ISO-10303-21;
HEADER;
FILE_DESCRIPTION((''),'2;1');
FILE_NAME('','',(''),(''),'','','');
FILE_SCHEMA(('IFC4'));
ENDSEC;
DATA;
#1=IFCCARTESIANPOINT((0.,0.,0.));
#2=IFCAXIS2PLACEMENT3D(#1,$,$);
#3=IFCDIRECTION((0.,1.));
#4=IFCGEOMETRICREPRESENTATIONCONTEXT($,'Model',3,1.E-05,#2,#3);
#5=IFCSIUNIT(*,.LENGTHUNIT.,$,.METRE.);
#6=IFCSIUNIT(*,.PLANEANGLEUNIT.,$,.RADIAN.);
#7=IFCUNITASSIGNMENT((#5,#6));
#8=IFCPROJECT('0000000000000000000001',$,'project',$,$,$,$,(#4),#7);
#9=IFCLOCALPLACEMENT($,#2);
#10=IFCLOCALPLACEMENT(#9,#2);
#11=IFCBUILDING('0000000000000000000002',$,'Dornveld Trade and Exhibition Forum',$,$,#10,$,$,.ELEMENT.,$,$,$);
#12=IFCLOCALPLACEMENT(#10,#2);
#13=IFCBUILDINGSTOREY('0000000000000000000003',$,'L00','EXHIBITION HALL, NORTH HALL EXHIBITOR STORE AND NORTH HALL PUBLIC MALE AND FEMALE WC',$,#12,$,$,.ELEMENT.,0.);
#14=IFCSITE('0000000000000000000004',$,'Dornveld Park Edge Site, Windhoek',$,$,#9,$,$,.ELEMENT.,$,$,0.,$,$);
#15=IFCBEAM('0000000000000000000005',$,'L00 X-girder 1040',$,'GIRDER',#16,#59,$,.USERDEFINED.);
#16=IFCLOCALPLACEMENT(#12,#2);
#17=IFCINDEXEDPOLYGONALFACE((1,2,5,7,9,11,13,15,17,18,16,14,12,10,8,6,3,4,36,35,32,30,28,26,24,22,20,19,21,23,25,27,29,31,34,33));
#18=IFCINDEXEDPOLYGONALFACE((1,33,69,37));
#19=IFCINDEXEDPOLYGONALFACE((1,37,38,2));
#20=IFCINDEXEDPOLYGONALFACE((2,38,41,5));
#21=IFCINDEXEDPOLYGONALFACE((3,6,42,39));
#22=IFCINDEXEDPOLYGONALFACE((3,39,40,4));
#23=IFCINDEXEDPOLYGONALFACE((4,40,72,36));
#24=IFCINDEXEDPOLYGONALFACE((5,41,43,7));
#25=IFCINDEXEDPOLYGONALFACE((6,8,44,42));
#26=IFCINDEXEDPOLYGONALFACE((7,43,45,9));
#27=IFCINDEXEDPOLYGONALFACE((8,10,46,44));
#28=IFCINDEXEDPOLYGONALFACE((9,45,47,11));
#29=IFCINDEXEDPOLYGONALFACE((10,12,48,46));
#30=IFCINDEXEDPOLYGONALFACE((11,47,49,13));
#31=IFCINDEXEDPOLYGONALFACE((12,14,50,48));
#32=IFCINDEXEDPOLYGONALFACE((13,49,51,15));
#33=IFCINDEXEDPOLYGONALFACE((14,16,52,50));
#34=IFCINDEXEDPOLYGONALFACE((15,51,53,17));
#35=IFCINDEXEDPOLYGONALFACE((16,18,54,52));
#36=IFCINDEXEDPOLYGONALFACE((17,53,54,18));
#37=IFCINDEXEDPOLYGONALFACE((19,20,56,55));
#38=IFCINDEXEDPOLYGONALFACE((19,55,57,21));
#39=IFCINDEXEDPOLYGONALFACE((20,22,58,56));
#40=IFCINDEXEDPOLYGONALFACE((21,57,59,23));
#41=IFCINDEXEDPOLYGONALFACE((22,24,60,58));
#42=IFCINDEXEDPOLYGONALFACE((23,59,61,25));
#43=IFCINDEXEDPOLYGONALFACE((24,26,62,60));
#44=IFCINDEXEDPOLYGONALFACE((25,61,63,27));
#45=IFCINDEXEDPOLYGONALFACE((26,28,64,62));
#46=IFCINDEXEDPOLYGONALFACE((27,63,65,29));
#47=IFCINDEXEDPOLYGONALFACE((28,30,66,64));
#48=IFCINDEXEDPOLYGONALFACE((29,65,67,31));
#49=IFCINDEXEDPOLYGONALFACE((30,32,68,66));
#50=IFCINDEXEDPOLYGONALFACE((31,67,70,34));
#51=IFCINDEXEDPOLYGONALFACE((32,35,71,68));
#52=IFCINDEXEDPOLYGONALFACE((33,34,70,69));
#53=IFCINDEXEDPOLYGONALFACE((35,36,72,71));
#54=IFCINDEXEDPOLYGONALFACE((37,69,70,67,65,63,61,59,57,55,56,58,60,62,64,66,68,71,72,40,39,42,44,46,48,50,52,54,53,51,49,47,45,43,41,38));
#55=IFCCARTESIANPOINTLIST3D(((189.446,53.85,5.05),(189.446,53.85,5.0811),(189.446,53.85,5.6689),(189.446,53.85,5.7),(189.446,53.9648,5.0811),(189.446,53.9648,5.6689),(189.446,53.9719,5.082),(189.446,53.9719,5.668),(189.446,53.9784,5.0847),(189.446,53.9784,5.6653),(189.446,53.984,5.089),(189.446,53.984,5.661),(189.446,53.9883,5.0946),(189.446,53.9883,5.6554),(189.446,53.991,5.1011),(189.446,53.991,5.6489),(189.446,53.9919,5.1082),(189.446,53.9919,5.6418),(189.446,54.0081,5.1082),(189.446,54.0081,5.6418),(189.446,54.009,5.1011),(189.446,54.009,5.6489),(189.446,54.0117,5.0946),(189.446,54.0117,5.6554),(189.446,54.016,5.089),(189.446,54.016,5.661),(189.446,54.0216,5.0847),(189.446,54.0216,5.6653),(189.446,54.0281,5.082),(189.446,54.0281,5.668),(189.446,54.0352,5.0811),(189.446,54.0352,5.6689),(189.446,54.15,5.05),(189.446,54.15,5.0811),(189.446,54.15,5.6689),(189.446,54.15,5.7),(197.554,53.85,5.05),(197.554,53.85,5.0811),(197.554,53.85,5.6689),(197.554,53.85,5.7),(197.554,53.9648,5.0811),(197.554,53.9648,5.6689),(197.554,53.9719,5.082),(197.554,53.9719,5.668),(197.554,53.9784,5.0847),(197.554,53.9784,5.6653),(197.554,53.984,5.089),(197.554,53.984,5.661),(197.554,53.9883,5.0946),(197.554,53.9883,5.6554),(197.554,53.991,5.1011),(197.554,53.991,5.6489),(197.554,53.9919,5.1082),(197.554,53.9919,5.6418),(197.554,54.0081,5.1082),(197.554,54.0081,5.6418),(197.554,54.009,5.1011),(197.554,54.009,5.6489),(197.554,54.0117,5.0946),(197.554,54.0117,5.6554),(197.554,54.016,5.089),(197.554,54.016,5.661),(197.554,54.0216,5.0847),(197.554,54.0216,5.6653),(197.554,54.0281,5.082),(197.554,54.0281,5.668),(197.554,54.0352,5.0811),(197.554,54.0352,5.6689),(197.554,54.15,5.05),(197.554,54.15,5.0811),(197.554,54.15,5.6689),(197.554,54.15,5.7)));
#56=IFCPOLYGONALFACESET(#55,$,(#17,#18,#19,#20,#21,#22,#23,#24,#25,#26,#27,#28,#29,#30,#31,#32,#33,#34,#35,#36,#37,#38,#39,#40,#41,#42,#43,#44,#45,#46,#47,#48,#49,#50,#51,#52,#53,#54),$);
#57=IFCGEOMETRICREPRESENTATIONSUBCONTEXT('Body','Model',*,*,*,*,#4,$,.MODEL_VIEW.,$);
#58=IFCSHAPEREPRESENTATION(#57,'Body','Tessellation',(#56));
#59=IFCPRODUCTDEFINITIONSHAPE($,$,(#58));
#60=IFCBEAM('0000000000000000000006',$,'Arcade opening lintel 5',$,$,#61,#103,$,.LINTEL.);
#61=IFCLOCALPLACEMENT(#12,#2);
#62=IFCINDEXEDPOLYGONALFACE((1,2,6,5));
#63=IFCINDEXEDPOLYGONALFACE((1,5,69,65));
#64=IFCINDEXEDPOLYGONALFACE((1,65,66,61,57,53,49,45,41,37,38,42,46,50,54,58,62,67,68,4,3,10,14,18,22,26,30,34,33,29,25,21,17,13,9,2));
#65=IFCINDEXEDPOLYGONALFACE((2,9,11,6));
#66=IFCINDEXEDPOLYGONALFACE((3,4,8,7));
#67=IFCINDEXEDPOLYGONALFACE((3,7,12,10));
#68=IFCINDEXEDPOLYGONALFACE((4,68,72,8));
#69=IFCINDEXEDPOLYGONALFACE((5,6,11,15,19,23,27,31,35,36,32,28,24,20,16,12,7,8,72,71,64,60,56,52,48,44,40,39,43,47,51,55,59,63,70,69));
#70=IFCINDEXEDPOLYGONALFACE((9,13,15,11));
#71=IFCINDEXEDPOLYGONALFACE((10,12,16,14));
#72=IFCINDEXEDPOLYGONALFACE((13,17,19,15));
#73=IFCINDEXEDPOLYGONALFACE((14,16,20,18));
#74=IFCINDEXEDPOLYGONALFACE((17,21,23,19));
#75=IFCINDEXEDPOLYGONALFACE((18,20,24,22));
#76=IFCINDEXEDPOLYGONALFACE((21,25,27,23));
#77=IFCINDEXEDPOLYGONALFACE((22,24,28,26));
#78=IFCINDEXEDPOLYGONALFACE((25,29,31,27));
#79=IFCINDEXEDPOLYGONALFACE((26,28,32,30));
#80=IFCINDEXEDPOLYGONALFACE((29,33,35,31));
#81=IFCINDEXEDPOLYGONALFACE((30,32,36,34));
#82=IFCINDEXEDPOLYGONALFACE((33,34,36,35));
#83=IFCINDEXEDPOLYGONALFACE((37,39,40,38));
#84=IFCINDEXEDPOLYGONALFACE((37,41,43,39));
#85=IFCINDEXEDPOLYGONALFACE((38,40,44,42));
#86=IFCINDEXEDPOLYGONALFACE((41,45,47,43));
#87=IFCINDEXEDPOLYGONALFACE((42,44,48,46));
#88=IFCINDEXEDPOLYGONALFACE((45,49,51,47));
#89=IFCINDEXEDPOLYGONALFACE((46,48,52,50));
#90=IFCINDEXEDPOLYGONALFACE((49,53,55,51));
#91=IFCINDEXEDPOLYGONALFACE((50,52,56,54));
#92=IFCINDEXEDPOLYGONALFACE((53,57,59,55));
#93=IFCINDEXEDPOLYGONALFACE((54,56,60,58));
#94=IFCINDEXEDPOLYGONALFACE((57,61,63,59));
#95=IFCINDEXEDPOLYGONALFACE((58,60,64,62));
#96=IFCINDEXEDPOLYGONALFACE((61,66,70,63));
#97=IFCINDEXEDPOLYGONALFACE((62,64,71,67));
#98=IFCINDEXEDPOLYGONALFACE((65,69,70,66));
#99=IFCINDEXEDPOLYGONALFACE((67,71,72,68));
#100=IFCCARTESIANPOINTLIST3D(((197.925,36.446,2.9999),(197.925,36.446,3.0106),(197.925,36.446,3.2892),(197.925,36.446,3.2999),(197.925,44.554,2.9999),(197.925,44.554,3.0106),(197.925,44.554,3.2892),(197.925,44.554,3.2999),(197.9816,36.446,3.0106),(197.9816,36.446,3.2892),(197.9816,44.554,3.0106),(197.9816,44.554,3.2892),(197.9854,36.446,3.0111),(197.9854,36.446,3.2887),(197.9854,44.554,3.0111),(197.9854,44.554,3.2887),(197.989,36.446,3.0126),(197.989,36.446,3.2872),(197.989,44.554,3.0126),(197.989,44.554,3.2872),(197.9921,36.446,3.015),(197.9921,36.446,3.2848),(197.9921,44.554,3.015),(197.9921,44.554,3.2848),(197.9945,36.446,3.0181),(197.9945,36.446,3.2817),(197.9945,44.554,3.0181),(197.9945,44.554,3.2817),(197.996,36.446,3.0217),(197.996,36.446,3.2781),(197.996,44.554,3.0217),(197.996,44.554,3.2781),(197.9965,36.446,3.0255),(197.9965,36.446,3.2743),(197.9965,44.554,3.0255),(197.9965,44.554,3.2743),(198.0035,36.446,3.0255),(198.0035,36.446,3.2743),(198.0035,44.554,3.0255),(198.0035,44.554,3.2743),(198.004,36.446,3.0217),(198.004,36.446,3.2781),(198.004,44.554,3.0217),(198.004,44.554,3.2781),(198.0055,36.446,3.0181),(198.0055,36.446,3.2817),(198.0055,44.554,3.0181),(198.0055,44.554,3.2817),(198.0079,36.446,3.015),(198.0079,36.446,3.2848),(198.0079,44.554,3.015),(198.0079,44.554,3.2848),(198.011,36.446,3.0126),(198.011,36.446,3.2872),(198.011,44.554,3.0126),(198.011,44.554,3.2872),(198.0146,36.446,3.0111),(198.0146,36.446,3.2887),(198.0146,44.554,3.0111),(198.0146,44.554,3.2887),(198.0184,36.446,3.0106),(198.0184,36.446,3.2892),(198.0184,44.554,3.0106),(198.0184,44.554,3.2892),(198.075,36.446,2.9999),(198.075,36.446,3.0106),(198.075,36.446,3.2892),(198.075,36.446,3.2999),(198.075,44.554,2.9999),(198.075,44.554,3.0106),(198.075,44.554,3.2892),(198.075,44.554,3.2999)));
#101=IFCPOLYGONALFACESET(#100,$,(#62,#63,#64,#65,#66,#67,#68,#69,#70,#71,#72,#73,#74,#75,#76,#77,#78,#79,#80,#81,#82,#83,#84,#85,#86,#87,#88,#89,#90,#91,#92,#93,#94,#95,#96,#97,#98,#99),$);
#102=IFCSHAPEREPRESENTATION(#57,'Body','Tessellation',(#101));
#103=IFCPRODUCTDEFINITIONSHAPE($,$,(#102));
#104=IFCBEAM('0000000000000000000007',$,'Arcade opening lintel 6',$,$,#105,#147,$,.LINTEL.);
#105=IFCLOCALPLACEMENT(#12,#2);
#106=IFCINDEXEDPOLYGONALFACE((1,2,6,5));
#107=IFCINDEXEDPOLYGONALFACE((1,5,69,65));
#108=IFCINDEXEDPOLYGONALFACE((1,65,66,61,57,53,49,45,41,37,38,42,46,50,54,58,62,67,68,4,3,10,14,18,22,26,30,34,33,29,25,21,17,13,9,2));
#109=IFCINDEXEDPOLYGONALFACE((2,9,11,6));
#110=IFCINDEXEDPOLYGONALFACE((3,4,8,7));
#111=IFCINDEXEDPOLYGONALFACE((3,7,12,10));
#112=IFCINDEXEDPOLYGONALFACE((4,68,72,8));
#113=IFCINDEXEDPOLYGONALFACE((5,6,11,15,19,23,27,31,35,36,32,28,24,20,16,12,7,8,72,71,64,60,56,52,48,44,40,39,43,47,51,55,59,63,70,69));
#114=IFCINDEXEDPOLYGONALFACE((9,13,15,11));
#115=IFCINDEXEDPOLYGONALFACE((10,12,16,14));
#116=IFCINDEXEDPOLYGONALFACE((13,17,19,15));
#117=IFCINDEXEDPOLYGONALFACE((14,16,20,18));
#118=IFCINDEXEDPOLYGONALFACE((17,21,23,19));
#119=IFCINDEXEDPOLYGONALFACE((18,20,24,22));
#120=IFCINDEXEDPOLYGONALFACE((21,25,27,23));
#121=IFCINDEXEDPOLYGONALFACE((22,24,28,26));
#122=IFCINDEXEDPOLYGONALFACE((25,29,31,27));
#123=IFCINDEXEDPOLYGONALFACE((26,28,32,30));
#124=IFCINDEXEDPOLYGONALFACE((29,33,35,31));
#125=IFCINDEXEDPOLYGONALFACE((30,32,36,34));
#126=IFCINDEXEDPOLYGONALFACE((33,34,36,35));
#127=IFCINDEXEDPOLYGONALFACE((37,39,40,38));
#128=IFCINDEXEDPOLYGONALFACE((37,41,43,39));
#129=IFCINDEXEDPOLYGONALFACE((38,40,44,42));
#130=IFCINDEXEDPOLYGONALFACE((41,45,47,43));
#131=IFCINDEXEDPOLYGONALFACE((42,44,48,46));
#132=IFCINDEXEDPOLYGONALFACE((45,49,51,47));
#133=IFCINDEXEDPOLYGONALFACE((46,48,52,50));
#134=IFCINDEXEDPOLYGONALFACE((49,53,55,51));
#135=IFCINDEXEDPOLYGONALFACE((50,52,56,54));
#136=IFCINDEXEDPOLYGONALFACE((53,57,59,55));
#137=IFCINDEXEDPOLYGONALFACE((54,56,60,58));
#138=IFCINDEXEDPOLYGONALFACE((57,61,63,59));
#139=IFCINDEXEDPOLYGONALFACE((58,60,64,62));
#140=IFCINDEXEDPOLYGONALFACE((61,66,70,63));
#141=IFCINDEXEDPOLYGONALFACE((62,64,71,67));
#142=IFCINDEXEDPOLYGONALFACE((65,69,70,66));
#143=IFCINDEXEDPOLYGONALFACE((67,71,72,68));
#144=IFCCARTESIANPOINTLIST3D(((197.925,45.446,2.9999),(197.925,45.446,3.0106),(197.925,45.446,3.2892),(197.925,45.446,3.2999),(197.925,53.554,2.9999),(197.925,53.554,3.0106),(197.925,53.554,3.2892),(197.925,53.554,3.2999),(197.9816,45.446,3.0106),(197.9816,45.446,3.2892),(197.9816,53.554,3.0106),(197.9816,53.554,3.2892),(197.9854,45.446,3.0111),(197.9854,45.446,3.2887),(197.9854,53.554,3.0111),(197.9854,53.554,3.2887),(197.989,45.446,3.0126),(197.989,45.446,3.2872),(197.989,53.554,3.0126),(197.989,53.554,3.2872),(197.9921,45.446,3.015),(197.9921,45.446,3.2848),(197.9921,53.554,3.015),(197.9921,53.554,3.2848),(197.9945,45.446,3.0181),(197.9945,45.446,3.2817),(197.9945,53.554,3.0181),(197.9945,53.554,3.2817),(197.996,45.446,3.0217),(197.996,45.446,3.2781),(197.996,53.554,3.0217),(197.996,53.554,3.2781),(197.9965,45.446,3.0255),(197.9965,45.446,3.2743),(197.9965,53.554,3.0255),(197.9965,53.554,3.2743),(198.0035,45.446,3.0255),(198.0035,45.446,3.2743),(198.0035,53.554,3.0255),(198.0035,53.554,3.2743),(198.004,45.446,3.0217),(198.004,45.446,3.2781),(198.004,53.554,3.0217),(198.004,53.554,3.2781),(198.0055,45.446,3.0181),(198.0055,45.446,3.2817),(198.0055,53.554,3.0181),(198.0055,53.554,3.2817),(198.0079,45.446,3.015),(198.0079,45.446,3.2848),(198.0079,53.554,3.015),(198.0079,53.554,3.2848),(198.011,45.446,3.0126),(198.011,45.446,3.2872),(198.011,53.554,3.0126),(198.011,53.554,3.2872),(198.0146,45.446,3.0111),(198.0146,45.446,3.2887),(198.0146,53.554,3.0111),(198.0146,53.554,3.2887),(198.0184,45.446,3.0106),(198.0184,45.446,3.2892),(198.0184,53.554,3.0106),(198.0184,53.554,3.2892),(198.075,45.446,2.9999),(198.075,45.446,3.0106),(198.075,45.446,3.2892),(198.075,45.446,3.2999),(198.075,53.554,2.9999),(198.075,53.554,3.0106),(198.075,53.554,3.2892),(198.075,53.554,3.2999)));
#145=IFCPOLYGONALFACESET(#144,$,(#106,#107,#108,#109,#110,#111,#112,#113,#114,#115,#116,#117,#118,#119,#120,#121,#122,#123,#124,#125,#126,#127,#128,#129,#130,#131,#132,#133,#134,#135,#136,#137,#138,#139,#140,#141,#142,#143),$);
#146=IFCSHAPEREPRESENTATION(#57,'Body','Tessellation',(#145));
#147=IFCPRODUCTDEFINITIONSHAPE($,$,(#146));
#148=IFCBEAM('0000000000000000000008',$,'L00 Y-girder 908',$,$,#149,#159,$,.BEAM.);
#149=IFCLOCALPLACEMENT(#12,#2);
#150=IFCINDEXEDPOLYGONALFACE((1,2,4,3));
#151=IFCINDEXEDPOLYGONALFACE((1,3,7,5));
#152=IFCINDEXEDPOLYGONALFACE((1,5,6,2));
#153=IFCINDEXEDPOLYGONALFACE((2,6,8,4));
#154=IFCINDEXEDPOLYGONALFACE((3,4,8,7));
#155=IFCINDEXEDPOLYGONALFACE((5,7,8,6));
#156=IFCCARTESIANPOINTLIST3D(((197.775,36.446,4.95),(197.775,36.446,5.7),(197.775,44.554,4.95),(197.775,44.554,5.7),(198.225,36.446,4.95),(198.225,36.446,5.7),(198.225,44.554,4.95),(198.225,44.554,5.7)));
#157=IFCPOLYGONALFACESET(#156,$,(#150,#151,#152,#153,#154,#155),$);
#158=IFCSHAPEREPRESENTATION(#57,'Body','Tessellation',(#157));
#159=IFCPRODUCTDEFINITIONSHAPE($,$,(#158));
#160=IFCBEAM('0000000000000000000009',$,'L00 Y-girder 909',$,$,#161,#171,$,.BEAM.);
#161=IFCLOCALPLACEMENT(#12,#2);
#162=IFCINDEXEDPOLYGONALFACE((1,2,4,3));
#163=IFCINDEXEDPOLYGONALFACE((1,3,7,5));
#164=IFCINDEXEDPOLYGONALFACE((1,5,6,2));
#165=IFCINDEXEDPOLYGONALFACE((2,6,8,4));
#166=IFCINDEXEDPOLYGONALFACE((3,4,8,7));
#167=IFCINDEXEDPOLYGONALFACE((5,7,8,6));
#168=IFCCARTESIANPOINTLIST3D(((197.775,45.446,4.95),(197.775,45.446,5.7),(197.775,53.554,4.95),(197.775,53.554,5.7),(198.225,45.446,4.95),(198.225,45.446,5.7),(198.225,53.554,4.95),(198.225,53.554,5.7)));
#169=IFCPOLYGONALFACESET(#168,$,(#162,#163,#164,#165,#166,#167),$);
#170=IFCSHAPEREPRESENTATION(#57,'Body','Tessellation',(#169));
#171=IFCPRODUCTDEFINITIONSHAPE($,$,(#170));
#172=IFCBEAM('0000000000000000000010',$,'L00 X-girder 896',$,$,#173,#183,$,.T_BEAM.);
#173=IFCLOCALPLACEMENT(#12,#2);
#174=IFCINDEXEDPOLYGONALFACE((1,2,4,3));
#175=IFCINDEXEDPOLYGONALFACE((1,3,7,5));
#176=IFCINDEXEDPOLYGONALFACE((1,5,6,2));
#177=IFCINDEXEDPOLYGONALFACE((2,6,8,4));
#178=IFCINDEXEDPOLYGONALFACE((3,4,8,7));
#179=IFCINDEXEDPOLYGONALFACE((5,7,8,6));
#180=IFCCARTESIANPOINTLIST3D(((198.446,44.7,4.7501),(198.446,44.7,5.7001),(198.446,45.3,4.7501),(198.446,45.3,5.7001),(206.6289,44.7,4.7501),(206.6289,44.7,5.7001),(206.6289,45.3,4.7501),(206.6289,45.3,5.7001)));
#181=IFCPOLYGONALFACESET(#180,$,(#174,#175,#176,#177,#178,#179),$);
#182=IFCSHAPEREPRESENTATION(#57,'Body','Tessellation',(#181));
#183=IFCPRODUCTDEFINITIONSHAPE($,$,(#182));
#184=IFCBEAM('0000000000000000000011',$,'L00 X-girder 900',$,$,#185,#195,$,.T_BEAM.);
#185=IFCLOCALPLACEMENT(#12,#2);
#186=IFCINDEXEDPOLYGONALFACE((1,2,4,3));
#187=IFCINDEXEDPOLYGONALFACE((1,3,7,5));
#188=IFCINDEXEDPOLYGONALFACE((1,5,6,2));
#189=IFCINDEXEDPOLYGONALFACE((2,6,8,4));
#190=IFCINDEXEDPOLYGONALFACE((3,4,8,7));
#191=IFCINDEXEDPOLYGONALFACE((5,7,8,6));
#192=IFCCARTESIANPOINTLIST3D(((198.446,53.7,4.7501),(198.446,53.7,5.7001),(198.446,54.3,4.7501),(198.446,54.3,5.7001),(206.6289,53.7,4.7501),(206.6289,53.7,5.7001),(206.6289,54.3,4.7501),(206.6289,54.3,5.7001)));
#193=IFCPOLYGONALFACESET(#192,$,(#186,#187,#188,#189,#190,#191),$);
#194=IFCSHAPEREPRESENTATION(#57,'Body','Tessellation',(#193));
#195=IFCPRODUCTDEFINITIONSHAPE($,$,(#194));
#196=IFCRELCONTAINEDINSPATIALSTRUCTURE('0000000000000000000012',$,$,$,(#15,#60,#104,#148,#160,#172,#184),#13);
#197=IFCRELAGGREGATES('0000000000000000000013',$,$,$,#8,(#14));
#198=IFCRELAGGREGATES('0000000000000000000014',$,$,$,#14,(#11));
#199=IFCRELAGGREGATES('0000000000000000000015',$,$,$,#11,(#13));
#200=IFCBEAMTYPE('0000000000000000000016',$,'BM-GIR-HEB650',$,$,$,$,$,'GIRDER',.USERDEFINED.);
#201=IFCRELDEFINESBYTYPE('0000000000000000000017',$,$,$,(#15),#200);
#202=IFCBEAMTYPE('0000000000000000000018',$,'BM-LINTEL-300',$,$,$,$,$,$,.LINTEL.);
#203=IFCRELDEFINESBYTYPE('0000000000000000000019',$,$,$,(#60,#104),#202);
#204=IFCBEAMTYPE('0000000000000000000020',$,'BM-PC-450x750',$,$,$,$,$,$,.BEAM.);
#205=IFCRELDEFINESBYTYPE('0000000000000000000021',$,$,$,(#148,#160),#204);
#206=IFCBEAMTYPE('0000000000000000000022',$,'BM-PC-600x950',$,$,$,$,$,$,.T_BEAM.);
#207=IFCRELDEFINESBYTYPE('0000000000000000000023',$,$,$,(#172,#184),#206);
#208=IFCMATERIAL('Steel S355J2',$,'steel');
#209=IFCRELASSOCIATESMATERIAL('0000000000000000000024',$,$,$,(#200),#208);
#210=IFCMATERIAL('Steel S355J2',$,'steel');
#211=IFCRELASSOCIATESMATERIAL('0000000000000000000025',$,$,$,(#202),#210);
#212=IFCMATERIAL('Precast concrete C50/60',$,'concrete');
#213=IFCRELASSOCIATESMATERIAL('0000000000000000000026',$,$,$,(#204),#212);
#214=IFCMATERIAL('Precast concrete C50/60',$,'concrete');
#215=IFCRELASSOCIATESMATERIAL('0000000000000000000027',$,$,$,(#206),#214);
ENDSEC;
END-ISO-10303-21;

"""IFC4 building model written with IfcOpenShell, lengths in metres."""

from ifc_helpers import new_model, si_unit, direction, frame, origin, origin_2d, place, context, subcontext, project, spatial, rectangle, i_section, extrude, material, material_profile, profile_set, type_object, element, save


model = new_model("IFC4")

# Units and contexts
model_context = context("Model", 3, precision=1e-05, world=origin(), true_north=direction((0.0, 1.0)))
body_context = subcontext(model_context, "Body", "Model", "MODEL_VIEW")
ifc_project = project(units=[si_unit("LENGTHUNIT", "METRE"), si_unit("PLANEANGLEUNIT", "RADIAN")], contexts=[model_context])

# Site, building, storey
site_placement = place(None, origin())
site = spatial("IfcSite", under=ifc_project, at=site_placement, Name="Dornveld Park Edge Site, Windhoek", CompositionType="ELEMENT", RefElevation=0.0)
building_placement = place(site_placement, origin())
building = spatial("IfcBuilding", under=site, at=building_placement, Name="Dornveld Trade and Exhibition Forum", CompositionType="ELEMENT")
storey_placement = place(building_placement, origin())
storey = spatial("IfcBuildingStorey", under=building, at=storey_placement, Name="L00", Description="EXHIBITION HALL, NORTH HALL EXHIBITOR STORE AND NORTH HALL PUBLIC MALE AND FEMALE WC", CompositionType="ELEMENT", Elevation=0.0)

# Beams
ifc_material_1 = material(Name="Steel S355J2", Category="steel")
ifc_material_profile_1 = material_profile(ifc_material_1, i_section(OverallWidth=0.3, OverallDepth=0.6499, WebThickness=0.0161, FlangeThickness=0.031, FilletRadius=0.0271, at=origin_2d()), Name="HEB 650")
ifc_profile_set_1 = profile_set([ifc_material_profile_1], Name="Steel S355J2")
beam_type_1 = type_object("IfcBeamType", Name="BM-GIR-HEB650", ElementType="GIRDER", PredefinedType="USERDEFINED", material=ifc_profile_set_1)
for number, where, z_axis, x_axis, name in (
    (1, (189.446, 54.0, 5.375), (1.0, 0.0, 0.0), (0.0, 1.0, 0.0), "L00 X-girder 1040"),
):
    element("IfcBeam", number, at=place(storey_placement, frame(where, z_axis=z_axis, x_axis=x_axis)), inside=storey, type_object=beam_type_1, Name=name, ObjectType="GIRDER", PredefinedType="USERDEFINED", context=body_context, shape_type="SweptSolid", body=[
        extrude(i_section(OverallWidth=0.3, OverallDepth=0.6499, WebThickness=0.0161, FlangeThickness=0.031, FilletRadius=0.0271, at=origin_2d()), origin(), (0.0, 0.0, 1.0), 8.1079),
    ])
ifc_material_2 = material(Name="Steel S355J2", Category="steel")
ifc_material_profile_2 = material_profile(ifc_material_2, i_section(OverallWidth=0.1499, OverallDepth=0.3, WebThickness=0.0071, FlangeThickness=0.0107, FilletRadius=0.0149, at=origin_2d()), Name="IPE 300")
ifc_profile_set_2 = profile_set([ifc_material_profile_2], Name="Steel S355J2")
beam_type_2 = type_object("IfcBeamType", Name="BM-LINTEL-300", PredefinedType="LINTEL", material=ifc_profile_set_2)
for number, where, z_axis, x_axis, name in (
    (2, (198.0, 36.446, 3.1499), (0.0, 1.0, 0.0), (-1.0, 0.0, 0.0), "Arcade opening lintel 5"),
    (3, (198.0, 45.446, 3.1499), (0.0, 1.0, 0.0), (-1.0, 0.0, 0.0), "Arcade opening lintel 6"),
):
    element("IfcBeam", number, at=place(storey_placement, frame(where, z_axis=z_axis, x_axis=x_axis)), inside=storey, type_object=beam_type_2, Name=name, PredefinedType="LINTEL", context=body_context, shape_type="SweptSolid", body=[
        extrude(i_section(OverallWidth=0.1499, OverallDepth=0.3, WebThickness=0.0071, FlangeThickness=0.0107, FilletRadius=0.0149, at=origin_2d()), origin(), (0.0, 0.0, 1.0), 8.1079),
    ])
ifc_material_3 = material(Name="Precast concrete C50/60", Category="concrete")
ifc_material_profile_3 = material_profile(ifc_material_3, rectangle(XDim=0.45, YDim=0.75, at=origin_2d()), Name="PC-BM 450x750")
ifc_profile_set_3 = profile_set([ifc_material_profile_3], Name="Precast concrete C50/60")
beam_type_3 = type_object("IfcBeamType", Name="BM-PC-450x750", PredefinedType="BEAM", material=ifc_profile_set_3)
for number, where, z_axis, x_axis, name in (
    (4, (198.0, 36.446, 5.325), (0.0, 1.0, 0.0), (-1.0, 0.0, 0.0), "L00 Y-girder 908"),
    (5, (198.0, 45.446, 5.325), (0.0, 1.0, 0.0), (-1.0, 0.0, 0.0), "L00 Y-girder 909"),
):
    element("IfcBeam", number, at=place(storey_placement, frame(where, z_axis=z_axis, x_axis=x_axis)), inside=storey, type_object=beam_type_3, Name=name, PredefinedType="BEAM", context=body_context, shape_type="SweptSolid", body=[
        extrude(rectangle(XDim=0.45, YDim=0.75, at=origin_2d()), origin(), (0.0, 0.0, 1.0), 8.1079),
    ])
ifc_material_4 = material(Name="Precast concrete C50/60", Category="concrete")
ifc_material_profile_4 = material_profile(ifc_material_4, rectangle(XDim=0.6001, YDim=0.95, at=origin_2d()), Name="PC-GIR 600x950")
ifc_profile_set_4 = profile_set([ifc_material_profile_4], Name="Precast concrete C50/60")
beam_type_4 = type_object("IfcBeamType", Name="BM-PC-600x950", PredefinedType="T_BEAM", material=ifc_profile_set_4)
for number, where, z_axis, x_axis, name in (
    (6, (198.446, 45.0, 5.2251), (1.0, 0.0, 0.0), (0.0, 1.0, 0.0), "L00 X-girder 896"),
    (7, (198.446, 54.0, 5.2251), (1.0, 0.0, 0.0), (0.0, 1.0, 0.0), "L00 X-girder 900"),
):
    element("IfcBeam", number, at=place(storey_placement, frame(where, z_axis=z_axis, x_axis=x_axis)), inside=storey, type_object=beam_type_4, Name=name, PredefinedType="T_BEAM", context=body_context, shape_type="SweptSolid", body=[
        extrude(rectangle(XDim=0.6001, YDim=0.95, at=origin_2d()), origin(), (0.0, 0.0, 1.0), 8.1829),
    ])

save(model, "model.ifc")
